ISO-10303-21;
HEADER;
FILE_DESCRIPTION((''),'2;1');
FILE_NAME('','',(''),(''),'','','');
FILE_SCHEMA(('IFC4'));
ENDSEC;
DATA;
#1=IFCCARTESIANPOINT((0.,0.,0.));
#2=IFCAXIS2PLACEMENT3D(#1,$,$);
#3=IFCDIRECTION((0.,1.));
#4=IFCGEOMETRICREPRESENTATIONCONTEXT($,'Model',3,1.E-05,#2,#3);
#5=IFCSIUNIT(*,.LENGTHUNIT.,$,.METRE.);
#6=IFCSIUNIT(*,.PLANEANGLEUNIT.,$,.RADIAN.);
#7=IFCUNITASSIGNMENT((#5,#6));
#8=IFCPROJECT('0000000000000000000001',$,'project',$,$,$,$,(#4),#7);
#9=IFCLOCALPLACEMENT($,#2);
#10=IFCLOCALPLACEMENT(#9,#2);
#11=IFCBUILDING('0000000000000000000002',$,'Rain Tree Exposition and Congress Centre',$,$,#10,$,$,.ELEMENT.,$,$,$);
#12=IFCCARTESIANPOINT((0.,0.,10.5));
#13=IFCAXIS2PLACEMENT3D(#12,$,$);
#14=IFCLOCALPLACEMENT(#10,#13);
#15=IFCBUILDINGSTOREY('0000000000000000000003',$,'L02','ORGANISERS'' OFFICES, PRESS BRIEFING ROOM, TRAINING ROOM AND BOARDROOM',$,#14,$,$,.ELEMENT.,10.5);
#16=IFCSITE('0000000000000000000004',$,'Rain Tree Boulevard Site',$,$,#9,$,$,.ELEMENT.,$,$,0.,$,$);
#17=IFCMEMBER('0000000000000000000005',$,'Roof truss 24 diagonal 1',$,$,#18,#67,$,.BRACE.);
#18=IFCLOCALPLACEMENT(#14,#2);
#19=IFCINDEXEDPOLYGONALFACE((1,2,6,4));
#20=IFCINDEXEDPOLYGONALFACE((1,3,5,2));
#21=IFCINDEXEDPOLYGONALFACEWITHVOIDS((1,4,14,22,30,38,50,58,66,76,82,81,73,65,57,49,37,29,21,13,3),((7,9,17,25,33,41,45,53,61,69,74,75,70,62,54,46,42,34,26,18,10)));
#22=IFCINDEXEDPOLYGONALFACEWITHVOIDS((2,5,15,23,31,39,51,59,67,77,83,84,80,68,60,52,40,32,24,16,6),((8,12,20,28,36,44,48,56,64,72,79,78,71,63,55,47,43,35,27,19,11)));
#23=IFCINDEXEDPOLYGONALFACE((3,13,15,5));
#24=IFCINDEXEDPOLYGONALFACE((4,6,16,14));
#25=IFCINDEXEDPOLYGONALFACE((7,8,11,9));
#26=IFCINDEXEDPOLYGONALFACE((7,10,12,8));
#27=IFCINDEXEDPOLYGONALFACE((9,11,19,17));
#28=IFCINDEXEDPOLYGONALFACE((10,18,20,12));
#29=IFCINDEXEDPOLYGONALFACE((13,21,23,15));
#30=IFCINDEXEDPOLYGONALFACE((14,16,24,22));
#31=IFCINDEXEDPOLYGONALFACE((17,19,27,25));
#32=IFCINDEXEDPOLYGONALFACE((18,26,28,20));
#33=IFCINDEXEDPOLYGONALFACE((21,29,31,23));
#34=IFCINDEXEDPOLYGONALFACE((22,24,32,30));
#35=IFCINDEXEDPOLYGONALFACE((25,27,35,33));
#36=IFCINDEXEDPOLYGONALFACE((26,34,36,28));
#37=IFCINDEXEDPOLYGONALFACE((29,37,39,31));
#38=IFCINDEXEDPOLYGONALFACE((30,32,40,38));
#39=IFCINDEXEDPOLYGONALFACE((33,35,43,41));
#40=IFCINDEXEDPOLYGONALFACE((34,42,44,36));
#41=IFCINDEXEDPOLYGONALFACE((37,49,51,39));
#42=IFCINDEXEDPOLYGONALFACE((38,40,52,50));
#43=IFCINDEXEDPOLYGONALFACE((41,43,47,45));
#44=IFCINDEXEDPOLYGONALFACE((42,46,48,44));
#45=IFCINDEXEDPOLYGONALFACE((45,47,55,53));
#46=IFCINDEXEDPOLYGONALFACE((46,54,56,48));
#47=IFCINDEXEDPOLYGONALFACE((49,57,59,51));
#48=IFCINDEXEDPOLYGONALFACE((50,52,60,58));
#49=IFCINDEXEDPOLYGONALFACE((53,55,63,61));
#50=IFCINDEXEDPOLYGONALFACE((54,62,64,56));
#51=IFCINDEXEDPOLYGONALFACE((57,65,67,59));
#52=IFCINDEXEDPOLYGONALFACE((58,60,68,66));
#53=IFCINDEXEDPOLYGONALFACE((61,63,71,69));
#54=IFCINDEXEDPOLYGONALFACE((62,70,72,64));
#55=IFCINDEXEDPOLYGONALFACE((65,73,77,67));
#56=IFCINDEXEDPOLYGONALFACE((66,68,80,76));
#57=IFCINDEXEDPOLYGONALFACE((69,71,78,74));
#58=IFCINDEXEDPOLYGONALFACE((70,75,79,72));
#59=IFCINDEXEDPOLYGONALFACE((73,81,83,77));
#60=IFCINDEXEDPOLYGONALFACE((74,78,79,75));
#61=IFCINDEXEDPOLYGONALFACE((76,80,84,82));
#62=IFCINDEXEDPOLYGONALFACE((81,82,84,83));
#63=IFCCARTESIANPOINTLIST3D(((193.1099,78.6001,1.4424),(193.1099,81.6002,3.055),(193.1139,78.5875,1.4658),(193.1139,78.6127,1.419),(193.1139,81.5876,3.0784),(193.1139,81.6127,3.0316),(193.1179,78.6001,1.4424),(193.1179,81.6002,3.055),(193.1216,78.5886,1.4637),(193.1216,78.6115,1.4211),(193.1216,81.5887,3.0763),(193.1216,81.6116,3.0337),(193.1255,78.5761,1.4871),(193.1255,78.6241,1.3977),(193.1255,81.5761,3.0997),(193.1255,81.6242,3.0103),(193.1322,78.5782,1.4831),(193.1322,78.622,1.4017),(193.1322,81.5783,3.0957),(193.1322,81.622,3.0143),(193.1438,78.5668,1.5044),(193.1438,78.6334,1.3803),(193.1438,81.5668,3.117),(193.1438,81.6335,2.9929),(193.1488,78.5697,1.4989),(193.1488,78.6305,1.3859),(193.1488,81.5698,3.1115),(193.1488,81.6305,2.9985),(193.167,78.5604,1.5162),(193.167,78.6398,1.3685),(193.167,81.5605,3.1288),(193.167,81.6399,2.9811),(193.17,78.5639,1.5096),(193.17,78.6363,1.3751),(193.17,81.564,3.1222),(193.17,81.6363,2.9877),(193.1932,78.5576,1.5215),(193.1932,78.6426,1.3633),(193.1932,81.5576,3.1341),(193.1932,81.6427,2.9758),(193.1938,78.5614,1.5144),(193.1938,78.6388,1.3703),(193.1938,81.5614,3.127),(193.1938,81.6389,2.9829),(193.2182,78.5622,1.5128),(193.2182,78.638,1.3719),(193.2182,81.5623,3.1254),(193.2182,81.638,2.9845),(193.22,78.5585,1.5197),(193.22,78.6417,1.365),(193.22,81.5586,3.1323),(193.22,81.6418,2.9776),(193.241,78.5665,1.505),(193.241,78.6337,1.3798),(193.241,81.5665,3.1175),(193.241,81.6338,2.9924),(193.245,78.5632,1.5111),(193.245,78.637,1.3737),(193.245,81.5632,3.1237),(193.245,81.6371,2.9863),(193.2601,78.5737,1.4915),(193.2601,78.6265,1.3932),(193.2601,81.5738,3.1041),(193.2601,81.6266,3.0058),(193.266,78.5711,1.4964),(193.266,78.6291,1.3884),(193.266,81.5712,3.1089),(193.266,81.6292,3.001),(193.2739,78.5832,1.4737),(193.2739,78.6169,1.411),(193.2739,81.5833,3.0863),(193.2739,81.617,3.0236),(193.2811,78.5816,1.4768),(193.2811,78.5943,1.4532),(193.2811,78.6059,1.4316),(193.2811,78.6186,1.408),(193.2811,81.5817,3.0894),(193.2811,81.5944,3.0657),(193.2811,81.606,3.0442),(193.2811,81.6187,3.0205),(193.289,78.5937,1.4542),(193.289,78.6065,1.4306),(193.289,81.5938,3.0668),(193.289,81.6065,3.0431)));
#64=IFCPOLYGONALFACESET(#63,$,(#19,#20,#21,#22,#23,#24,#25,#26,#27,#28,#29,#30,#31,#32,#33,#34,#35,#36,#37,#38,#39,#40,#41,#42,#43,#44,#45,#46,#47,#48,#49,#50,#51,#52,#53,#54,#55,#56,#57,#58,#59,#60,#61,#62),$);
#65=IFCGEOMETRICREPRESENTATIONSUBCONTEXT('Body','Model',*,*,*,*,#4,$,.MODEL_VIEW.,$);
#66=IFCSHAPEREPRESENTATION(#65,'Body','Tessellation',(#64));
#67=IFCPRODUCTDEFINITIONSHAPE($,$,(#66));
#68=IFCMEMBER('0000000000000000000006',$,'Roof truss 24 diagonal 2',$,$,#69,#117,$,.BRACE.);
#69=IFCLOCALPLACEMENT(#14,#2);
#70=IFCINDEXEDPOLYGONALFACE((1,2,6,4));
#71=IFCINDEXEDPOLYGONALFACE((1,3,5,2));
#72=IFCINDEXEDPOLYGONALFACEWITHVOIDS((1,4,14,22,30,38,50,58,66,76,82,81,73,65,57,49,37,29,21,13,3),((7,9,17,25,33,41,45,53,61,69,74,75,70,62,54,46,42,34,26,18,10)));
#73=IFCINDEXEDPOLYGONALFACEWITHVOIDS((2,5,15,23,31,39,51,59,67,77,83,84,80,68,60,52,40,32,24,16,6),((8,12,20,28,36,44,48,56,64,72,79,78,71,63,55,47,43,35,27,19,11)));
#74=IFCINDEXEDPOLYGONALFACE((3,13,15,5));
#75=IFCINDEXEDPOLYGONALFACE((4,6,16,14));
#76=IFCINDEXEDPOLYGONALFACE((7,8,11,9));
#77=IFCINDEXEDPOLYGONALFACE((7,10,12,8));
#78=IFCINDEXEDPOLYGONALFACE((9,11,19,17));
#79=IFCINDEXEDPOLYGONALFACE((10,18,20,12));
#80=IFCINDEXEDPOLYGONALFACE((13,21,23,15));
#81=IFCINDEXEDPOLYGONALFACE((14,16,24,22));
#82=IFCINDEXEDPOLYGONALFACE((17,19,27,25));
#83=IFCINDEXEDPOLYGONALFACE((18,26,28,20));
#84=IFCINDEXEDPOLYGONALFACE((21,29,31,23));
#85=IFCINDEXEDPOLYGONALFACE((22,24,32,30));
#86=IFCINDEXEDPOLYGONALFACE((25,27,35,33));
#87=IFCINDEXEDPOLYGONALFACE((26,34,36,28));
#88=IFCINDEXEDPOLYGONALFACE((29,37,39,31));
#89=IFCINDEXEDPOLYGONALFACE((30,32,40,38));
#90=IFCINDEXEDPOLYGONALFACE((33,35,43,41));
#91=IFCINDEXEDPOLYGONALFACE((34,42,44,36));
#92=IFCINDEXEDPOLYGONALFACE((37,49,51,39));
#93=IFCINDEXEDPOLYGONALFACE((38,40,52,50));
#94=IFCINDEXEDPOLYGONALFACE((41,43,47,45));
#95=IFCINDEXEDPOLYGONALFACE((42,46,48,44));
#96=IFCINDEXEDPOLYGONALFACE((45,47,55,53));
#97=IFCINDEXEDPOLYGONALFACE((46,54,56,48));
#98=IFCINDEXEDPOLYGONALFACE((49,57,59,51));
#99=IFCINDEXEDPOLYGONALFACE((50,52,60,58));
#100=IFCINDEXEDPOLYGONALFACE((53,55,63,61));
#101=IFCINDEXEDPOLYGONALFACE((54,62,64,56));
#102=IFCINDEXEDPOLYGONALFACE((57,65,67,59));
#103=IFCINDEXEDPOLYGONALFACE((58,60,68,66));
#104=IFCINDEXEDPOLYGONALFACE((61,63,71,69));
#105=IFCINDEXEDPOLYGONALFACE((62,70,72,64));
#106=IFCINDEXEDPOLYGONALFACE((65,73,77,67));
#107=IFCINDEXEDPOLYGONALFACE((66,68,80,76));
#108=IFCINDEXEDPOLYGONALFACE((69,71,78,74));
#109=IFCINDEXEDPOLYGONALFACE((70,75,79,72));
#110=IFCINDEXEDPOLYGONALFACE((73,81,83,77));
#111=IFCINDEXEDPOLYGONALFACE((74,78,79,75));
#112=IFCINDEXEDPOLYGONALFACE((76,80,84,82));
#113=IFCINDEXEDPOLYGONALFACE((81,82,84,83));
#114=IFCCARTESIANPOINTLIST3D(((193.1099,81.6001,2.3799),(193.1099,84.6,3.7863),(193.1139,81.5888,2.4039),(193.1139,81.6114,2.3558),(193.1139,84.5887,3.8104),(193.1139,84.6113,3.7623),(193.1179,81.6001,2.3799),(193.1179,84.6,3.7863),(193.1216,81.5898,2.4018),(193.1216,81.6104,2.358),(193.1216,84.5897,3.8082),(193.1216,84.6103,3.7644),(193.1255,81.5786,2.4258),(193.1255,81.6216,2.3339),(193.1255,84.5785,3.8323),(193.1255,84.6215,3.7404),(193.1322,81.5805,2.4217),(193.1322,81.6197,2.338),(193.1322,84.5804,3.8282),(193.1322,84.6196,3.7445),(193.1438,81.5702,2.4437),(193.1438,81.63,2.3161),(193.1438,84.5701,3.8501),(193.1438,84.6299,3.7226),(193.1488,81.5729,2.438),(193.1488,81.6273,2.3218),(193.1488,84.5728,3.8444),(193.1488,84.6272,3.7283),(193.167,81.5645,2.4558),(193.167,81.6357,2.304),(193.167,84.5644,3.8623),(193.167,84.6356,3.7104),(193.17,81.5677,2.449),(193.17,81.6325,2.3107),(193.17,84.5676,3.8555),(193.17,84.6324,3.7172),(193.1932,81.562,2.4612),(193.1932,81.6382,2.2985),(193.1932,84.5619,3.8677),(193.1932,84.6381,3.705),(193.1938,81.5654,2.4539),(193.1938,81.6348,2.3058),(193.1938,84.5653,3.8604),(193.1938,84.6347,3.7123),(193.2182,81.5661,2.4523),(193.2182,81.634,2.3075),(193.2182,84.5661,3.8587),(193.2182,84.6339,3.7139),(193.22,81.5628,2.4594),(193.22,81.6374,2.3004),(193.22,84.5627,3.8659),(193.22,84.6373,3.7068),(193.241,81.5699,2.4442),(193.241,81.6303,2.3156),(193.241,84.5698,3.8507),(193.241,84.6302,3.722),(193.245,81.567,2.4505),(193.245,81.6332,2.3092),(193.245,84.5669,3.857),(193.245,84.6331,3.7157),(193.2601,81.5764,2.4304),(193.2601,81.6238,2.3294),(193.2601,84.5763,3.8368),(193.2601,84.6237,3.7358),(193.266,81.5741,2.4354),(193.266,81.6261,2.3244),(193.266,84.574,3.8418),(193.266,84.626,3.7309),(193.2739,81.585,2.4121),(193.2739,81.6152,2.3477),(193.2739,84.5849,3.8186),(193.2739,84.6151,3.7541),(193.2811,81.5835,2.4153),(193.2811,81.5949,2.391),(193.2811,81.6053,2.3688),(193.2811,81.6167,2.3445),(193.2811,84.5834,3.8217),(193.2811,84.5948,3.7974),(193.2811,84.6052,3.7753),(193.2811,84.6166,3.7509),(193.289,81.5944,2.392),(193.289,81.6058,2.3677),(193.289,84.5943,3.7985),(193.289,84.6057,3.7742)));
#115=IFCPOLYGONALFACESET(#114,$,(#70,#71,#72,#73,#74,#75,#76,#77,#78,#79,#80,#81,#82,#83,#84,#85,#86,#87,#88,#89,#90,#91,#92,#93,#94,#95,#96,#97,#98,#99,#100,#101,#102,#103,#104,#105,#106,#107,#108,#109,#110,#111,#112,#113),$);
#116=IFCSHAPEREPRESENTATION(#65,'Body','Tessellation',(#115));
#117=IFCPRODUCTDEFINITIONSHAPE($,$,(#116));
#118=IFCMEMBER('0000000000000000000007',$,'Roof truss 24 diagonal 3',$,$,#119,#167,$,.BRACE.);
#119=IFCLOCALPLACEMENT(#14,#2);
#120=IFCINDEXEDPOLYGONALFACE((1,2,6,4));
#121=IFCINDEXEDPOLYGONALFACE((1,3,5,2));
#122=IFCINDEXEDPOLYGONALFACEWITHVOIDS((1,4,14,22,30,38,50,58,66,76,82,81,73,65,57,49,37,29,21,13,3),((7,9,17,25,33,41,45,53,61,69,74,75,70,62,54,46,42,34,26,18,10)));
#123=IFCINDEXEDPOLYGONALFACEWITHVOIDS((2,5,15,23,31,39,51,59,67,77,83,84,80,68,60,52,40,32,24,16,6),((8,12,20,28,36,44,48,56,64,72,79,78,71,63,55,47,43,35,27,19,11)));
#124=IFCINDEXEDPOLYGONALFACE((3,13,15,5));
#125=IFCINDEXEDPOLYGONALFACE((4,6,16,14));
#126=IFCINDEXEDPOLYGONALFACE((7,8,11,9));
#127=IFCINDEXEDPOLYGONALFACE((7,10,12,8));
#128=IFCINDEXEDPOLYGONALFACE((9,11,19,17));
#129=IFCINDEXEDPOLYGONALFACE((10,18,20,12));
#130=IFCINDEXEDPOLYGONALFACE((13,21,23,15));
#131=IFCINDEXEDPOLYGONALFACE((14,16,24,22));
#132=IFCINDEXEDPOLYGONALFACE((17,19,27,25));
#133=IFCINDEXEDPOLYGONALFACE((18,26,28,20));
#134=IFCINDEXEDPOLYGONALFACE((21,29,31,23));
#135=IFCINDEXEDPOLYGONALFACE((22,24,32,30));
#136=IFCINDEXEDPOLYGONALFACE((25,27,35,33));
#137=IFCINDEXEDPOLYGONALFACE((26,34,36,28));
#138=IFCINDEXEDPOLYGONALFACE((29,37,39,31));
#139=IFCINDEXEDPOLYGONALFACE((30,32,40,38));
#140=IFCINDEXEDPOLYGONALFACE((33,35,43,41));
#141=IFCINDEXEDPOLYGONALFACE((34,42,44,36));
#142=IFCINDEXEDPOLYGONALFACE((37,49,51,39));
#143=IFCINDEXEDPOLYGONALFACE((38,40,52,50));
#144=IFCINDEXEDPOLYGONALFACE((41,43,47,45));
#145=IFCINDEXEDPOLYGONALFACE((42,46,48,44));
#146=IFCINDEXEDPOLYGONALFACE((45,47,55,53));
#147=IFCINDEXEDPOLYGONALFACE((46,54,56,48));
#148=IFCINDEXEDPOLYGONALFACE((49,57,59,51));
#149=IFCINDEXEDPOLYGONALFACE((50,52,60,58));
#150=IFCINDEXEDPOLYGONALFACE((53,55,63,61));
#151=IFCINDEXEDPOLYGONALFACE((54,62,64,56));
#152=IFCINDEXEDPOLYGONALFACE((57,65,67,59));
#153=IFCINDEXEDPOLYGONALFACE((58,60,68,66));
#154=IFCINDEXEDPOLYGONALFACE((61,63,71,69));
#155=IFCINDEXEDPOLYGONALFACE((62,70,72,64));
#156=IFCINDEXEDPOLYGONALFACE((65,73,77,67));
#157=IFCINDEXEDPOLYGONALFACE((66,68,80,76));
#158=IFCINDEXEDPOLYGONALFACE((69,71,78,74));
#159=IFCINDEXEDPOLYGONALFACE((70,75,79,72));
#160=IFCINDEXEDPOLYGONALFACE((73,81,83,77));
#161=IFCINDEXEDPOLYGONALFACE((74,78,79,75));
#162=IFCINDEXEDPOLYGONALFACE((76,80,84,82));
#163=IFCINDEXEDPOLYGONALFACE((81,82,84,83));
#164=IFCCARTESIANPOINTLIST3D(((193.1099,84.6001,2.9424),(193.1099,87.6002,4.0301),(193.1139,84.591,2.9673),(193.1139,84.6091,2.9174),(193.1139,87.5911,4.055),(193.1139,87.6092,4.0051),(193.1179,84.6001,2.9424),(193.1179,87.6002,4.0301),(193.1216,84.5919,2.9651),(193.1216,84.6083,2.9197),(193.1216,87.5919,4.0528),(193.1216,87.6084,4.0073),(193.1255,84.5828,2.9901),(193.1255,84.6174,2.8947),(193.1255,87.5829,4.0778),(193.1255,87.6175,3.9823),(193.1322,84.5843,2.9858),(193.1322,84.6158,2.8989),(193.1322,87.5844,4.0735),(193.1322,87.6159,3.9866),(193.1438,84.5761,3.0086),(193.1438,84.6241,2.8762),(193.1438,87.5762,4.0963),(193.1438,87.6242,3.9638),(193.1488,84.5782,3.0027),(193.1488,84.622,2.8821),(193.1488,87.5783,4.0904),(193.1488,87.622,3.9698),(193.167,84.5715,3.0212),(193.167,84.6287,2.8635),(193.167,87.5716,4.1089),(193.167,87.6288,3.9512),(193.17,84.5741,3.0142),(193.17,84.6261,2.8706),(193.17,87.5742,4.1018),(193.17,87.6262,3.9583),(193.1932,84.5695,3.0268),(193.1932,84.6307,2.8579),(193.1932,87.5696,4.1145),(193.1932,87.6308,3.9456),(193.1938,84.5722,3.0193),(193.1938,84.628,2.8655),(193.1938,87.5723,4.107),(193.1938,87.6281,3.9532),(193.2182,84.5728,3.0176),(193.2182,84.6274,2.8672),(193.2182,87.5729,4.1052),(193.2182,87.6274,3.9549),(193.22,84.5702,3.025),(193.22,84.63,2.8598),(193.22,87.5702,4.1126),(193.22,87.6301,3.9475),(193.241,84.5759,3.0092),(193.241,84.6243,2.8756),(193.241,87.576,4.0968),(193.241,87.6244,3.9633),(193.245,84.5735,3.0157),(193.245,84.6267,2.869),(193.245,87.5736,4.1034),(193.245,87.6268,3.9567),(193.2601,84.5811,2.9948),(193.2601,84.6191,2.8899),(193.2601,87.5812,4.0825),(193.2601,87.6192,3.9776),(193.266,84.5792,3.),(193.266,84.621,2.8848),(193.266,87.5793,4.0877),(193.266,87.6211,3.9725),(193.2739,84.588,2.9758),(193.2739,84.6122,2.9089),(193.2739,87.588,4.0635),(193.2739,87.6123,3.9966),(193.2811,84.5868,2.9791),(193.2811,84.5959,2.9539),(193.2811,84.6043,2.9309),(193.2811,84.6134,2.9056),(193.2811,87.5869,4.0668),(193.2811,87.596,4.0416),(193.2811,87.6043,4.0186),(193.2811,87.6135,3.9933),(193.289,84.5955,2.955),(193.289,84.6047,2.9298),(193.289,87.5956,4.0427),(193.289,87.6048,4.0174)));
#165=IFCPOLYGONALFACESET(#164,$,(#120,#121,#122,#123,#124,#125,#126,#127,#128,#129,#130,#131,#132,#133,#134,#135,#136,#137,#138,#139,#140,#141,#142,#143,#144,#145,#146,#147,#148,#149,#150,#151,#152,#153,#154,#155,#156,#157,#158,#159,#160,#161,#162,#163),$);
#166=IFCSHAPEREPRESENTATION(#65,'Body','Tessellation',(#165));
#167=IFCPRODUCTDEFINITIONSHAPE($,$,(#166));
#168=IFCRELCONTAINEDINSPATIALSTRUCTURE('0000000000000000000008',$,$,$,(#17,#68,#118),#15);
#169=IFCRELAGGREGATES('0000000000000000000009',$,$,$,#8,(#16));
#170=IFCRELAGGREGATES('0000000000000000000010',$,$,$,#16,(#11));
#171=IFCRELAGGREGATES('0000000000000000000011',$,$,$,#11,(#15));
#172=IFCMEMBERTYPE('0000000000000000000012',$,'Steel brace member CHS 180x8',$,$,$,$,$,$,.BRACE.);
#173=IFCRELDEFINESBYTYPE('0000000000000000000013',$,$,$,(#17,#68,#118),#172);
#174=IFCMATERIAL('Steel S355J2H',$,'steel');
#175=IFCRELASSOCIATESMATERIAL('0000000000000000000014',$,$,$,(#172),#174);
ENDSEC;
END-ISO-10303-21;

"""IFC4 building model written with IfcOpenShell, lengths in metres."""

from ifc_helpers import new_model, si_unit, direction, frame, origin, origin_2d, place, context, subcontext, project, spatial, hollow_circle, extrude, material, material_profile, profile_set, type_object, element, save


model = new_model("IFC4")

# Units and contexts
model_context = context("Model", 3, precision=1e-05, world=origin(), true_north=direction((0.0, 1.0)))
body_context = subcontext(model_context, "Body", "Model", "MODEL_VIEW")
ifc_project = project(units=[si_unit("LENGTHUNIT", "METRE"), si_unit("PLANEANGLEUNIT", "RADIAN")], contexts=[model_context])

# Site, building, storey
site_placement = place(None, origin())
site = spatial("IfcSite", under=ifc_project, at=site_placement, Name="Rain Tree Boulevard Site", CompositionType="ELEMENT", RefElevation=0.0)
building_placement = place(site_placement, origin())
building = spatial("IfcBuilding", under=site, at=building_placement, Name="Rain Tree Exposition and Congress Centre", CompositionType="ELEMENT")
storey_placement = place(building_placement, frame((0.0, 0.0, 10.5)))
storey = spatial("IfcBuildingStorey", under=building, at=storey_placement, Name="L02", Description="ORGANISERS' OFFICES, PRESS BRIEFING ROOM, TRAINING ROOM AND BOARDROOM", CompositionType="ELEMENT", Elevation=10.5)

# Members
ifc_material_1 = material(Name="Steel S355J2H", Category="steel")
ifc_material_profile_1 = material_profile(ifc_material_1, hollow_circle(Radius=0.0901, WallThickness=0.0081, at=origin_2d()), Name="CHS 180x8")
ifc_profile_set_1 = profile_set([ifc_material_profile_1], Name="Steel S355J2H")
member_type_1 = type_object("IfcMemberType", Name="Steel brace member CHS 180x8", PredefinedType="BRACE", material=ifc_profile_set_1)
member_1_placement = place(storey_placement, frame((193.2, 78.6001, 1.4424), z_axis=(0.0, 0.880818, 0.473454), x_axis=(-1.0, 0.0, 0.0)))
element("IfcMember", 1, at=member_1_placement, inside=storey, type_object=member_type_1, Name="Roof truss 24 diagonal 1", PredefinedType="BRACE", context=body_context, shape_type="SweptSolid", body=[
    extrude(hollow_circle(Radius=0.0901, WallThickness=0.0081, at=origin_2d()), origin(), (0.0, 0.0, 1.0), 3.406),
])
member_2_placement = place(storey_placement, frame((193.2, 81.6001, 2.3799), z_axis=(0.0, 0.905431, 0.424494), x_axis=(-1.0, 0.0, 0.0)))
element("IfcMember", 2, at=member_2_placement, inside=storey, type_object=member_type_1, Name="Roof truss 24 diagonal 2", PredefinedType="BRACE", context=body_context, shape_type="SweptSolid", body=[
    extrude(hollow_circle(Radius=0.0901, WallThickness=0.0081, at=origin_2d()), origin(), (0.0, 0.0, 1.0), 3.3132),
])
member_3_placement = place(storey_placement, frame((193.2, 84.6001, 2.9424), z_axis=(0.0, 0.940121, 0.34084), x_axis=(-1.0, 0.0, 0.0)))
element("IfcMember", 3, at=member_3_placement, inside=storey, type_object=member_type_1, Name="Roof truss 24 diagonal 3", PredefinedType="BRACE", context=body_context, shape_type="SweptSolid", body=[
    extrude(hollow_circle(Radius=0.0901, WallThickness=0.0081, at=origin_2d()), origin(), (0.0, 0.0, 1.0), 3.1912),
])

save(model, "model.ifc")
